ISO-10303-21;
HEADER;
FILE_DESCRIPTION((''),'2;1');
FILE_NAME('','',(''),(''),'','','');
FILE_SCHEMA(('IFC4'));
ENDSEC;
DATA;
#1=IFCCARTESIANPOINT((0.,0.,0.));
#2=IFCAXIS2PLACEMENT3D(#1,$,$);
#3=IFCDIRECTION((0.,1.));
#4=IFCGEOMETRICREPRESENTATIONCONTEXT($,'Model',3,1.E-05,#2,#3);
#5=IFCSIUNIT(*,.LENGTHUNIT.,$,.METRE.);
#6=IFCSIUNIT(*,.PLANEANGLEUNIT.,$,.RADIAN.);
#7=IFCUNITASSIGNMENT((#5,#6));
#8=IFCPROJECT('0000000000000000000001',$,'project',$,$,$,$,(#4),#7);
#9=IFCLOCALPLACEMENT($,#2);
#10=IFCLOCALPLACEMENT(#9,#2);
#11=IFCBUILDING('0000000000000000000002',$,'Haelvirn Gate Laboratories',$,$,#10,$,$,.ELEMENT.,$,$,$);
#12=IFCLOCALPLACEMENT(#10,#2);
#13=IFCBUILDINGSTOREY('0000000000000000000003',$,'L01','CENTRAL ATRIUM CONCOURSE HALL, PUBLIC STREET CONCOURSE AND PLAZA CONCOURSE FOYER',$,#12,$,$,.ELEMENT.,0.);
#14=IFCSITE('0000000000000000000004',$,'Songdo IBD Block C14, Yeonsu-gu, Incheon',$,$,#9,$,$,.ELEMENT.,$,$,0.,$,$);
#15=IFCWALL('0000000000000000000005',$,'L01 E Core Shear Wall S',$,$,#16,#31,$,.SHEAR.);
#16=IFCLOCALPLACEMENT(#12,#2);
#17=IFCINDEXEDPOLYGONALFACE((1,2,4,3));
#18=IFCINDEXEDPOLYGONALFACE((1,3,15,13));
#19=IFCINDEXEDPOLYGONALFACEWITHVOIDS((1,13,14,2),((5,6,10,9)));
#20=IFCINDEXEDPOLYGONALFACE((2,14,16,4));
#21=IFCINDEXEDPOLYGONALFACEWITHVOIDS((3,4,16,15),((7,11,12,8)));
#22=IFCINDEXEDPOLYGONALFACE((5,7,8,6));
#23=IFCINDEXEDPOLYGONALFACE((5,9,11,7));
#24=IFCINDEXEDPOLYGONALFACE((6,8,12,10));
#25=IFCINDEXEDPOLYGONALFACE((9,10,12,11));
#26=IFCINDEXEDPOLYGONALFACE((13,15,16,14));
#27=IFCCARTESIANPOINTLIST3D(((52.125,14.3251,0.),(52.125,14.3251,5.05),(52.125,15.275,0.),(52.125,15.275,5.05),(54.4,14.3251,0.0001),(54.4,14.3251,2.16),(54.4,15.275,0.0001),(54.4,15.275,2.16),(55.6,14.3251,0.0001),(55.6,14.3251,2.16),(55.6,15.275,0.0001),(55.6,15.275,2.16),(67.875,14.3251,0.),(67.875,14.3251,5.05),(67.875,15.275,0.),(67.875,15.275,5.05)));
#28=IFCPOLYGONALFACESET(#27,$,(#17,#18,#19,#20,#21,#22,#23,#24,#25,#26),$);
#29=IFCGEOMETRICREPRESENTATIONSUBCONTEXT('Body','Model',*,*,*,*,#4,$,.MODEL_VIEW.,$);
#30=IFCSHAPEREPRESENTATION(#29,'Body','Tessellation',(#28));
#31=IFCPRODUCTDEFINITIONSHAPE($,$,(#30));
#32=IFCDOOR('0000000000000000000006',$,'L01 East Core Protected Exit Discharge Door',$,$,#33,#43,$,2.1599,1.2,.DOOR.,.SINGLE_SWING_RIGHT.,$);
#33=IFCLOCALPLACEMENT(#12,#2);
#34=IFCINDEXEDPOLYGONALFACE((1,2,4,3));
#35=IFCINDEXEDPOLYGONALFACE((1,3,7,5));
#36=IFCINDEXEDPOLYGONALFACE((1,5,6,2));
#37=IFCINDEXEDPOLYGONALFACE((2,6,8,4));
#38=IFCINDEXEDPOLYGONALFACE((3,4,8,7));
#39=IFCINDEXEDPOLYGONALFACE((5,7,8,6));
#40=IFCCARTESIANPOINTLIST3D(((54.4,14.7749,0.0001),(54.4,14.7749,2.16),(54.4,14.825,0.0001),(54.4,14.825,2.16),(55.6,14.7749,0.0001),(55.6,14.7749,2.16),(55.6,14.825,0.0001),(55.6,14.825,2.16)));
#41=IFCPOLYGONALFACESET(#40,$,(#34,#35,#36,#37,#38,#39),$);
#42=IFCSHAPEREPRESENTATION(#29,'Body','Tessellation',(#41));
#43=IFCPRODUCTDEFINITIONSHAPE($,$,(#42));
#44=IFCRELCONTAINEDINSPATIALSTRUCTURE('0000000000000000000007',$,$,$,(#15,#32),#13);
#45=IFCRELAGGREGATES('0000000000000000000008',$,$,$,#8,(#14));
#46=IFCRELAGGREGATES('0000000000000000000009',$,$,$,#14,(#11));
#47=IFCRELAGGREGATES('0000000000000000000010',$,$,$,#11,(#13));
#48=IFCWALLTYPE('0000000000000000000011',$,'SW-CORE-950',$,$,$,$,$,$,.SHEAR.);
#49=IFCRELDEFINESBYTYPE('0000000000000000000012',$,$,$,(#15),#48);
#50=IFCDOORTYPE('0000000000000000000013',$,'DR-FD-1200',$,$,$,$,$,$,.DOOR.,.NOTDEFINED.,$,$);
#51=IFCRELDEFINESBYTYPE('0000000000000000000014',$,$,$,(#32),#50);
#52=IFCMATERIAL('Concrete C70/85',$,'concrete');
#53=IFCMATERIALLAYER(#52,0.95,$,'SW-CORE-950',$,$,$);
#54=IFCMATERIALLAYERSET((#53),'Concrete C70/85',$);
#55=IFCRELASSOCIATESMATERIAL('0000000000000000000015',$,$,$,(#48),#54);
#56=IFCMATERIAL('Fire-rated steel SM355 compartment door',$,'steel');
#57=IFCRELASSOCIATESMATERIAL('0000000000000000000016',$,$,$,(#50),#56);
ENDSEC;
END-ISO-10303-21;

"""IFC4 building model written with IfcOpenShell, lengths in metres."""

from ifc_helpers import new_model, si_unit, direction, frame, frame_2d, origin, place, context, subcontext, project, spatial, rectangle, extrude, source, transform, mapped, material, layer, layer_set, type_object, type_shapes, element, fill, save


model = new_model("IFC4")

# Units and contexts
model_context = context("Model", 3, precision=1e-05, world=origin(), true_north=direction((0.0, 1.0)))
body_context = subcontext(model_context, "Body", "Model", "MODEL_VIEW")
ifc_project = project(units=[si_unit("LENGTHUNIT", "METRE"), si_unit("PLANEANGLEUNIT", "RADIAN")], contexts=[model_context])

# Site, building, storey
site_placement = place(None, origin())
site = spatial("IfcSite", under=ifc_project, at=site_placement, Name="Songdo IBD Block C14, Yeonsu-gu, Incheon", CompositionType="ELEMENT", RefElevation=0.0)
building_placement = place(site_placement, origin())
building = spatial("IfcBuilding", under=site, at=building_placement, Name="Haelvirn Gate Laboratories", CompositionType="ELEMENT")
storey_placement = place(building_placement, origin())
storey = spatial("IfcBuildingStorey", under=building, at=storey_placement, Name="L01", Description="CENTRAL ATRIUM CONCOURSE HALL, PUBLIC STREET CONCOURSE AND PLAZA CONCOURSE FOYER", CompositionType="ELEMENT", Elevation=0.0)

# Shared definitions
ifc_material_1 = material(Name="Concrete C70/85", Category="concrete")

# Wall, opening, door
ifc_layer_1 = layer(ifc_material_1, 0.95, Name="SW-CORE-950")
ifc_layer_set_1 = layer_set([ifc_layer_1], Name="Concrete C70/85")
wall_type_1 = type_object("IfcWallType", Name="SW-CORE-950", PredefinedType="SHEAR", material=ifc_layer_set_1)
wall_1_placement = place(storey_placement, frame((52.125, 14.8, 0.0), z_axis=(0.0, 0.0, 1.0), x_axis=(1.0, 0.0, 0.0)))
wall_1 = element("IfcWall", 1, at=wall_1_placement, inside=storey, type_object=wall_type_1, Name="L01 E Core Shear Wall S", PredefinedType="SHEAR", context=body_context, shape_type="SweptSolid", body=[
    extrude(rectangle(XDim=15.75, YDim=0.95, at=frame_2d((7.875, 0.0))), origin(), (0.0, 0.0, 1.0), 5.05),
])
opening_1_placement = place(wall_1_placement, frame((2.2749, 0.0, 0.0)))
opening_1 = element("IfcOpeningElement", 2, at=opening_1_placement, cuts=wall_1, PredefinedType="OPENING", context=body_context, shape_type="SweptSolid", body=[
    extrude(rectangle(XDim=1.2, YDim=2.1599, at=frame_2d((0.6001, 1.0801))), frame((0.0, 0.4849, 0.0), z_axis=(0.0, -1.0, 0.0), x_axis=(1.0, 0.0, 0.0)), (0.0, 0.0, 1.0), 0.97),
])
ifc_material_2 = material(Name="Fire-rated steel SM355 compartment door", Category="steel")
door_type_1 = type_object("IfcDoorType", Name="DR-FD-1200", OperationType="NOTDEFINED", PredefinedType="DOOR", material=ifc_material_2)
shared_shape_1 = source(origin(), body_context, "Body", "SweptSolid", [
    extrude(rectangle(XDim=1.2, YDim=2.1599, at=frame_2d((0.6001, 1.0801))), frame((0.0, 0.0249, 0.0), z_axis=(0.0, -1.0, 0.0), x_axis=(1.0, 0.0, 0.0)), (0.0, 0.0, 1.0), 0.05),
])
type_shapes(door_type_1, [shared_shape_1])
door_1_placement = place(opening_1_placement, origin())
door_1 = element("IfcDoor", 3, at=door_1_placement, inside=storey, type_object=door_type_1, Name="L01 East Core Protected Exit Discharge Door", OperationType="SINGLE_SWING_RIGHT", OverallHeight=2.1599, OverallWidth=1.2, PredefinedType="DOOR", context=body_context, shape_type="MappedRepresentation", body=[
    mapped(shared_shape_1, transform((0.0, 0.0, 0.0), scale=1.0)),
])
fill(opening_1, door_1)

save(model, "model.ifc")
